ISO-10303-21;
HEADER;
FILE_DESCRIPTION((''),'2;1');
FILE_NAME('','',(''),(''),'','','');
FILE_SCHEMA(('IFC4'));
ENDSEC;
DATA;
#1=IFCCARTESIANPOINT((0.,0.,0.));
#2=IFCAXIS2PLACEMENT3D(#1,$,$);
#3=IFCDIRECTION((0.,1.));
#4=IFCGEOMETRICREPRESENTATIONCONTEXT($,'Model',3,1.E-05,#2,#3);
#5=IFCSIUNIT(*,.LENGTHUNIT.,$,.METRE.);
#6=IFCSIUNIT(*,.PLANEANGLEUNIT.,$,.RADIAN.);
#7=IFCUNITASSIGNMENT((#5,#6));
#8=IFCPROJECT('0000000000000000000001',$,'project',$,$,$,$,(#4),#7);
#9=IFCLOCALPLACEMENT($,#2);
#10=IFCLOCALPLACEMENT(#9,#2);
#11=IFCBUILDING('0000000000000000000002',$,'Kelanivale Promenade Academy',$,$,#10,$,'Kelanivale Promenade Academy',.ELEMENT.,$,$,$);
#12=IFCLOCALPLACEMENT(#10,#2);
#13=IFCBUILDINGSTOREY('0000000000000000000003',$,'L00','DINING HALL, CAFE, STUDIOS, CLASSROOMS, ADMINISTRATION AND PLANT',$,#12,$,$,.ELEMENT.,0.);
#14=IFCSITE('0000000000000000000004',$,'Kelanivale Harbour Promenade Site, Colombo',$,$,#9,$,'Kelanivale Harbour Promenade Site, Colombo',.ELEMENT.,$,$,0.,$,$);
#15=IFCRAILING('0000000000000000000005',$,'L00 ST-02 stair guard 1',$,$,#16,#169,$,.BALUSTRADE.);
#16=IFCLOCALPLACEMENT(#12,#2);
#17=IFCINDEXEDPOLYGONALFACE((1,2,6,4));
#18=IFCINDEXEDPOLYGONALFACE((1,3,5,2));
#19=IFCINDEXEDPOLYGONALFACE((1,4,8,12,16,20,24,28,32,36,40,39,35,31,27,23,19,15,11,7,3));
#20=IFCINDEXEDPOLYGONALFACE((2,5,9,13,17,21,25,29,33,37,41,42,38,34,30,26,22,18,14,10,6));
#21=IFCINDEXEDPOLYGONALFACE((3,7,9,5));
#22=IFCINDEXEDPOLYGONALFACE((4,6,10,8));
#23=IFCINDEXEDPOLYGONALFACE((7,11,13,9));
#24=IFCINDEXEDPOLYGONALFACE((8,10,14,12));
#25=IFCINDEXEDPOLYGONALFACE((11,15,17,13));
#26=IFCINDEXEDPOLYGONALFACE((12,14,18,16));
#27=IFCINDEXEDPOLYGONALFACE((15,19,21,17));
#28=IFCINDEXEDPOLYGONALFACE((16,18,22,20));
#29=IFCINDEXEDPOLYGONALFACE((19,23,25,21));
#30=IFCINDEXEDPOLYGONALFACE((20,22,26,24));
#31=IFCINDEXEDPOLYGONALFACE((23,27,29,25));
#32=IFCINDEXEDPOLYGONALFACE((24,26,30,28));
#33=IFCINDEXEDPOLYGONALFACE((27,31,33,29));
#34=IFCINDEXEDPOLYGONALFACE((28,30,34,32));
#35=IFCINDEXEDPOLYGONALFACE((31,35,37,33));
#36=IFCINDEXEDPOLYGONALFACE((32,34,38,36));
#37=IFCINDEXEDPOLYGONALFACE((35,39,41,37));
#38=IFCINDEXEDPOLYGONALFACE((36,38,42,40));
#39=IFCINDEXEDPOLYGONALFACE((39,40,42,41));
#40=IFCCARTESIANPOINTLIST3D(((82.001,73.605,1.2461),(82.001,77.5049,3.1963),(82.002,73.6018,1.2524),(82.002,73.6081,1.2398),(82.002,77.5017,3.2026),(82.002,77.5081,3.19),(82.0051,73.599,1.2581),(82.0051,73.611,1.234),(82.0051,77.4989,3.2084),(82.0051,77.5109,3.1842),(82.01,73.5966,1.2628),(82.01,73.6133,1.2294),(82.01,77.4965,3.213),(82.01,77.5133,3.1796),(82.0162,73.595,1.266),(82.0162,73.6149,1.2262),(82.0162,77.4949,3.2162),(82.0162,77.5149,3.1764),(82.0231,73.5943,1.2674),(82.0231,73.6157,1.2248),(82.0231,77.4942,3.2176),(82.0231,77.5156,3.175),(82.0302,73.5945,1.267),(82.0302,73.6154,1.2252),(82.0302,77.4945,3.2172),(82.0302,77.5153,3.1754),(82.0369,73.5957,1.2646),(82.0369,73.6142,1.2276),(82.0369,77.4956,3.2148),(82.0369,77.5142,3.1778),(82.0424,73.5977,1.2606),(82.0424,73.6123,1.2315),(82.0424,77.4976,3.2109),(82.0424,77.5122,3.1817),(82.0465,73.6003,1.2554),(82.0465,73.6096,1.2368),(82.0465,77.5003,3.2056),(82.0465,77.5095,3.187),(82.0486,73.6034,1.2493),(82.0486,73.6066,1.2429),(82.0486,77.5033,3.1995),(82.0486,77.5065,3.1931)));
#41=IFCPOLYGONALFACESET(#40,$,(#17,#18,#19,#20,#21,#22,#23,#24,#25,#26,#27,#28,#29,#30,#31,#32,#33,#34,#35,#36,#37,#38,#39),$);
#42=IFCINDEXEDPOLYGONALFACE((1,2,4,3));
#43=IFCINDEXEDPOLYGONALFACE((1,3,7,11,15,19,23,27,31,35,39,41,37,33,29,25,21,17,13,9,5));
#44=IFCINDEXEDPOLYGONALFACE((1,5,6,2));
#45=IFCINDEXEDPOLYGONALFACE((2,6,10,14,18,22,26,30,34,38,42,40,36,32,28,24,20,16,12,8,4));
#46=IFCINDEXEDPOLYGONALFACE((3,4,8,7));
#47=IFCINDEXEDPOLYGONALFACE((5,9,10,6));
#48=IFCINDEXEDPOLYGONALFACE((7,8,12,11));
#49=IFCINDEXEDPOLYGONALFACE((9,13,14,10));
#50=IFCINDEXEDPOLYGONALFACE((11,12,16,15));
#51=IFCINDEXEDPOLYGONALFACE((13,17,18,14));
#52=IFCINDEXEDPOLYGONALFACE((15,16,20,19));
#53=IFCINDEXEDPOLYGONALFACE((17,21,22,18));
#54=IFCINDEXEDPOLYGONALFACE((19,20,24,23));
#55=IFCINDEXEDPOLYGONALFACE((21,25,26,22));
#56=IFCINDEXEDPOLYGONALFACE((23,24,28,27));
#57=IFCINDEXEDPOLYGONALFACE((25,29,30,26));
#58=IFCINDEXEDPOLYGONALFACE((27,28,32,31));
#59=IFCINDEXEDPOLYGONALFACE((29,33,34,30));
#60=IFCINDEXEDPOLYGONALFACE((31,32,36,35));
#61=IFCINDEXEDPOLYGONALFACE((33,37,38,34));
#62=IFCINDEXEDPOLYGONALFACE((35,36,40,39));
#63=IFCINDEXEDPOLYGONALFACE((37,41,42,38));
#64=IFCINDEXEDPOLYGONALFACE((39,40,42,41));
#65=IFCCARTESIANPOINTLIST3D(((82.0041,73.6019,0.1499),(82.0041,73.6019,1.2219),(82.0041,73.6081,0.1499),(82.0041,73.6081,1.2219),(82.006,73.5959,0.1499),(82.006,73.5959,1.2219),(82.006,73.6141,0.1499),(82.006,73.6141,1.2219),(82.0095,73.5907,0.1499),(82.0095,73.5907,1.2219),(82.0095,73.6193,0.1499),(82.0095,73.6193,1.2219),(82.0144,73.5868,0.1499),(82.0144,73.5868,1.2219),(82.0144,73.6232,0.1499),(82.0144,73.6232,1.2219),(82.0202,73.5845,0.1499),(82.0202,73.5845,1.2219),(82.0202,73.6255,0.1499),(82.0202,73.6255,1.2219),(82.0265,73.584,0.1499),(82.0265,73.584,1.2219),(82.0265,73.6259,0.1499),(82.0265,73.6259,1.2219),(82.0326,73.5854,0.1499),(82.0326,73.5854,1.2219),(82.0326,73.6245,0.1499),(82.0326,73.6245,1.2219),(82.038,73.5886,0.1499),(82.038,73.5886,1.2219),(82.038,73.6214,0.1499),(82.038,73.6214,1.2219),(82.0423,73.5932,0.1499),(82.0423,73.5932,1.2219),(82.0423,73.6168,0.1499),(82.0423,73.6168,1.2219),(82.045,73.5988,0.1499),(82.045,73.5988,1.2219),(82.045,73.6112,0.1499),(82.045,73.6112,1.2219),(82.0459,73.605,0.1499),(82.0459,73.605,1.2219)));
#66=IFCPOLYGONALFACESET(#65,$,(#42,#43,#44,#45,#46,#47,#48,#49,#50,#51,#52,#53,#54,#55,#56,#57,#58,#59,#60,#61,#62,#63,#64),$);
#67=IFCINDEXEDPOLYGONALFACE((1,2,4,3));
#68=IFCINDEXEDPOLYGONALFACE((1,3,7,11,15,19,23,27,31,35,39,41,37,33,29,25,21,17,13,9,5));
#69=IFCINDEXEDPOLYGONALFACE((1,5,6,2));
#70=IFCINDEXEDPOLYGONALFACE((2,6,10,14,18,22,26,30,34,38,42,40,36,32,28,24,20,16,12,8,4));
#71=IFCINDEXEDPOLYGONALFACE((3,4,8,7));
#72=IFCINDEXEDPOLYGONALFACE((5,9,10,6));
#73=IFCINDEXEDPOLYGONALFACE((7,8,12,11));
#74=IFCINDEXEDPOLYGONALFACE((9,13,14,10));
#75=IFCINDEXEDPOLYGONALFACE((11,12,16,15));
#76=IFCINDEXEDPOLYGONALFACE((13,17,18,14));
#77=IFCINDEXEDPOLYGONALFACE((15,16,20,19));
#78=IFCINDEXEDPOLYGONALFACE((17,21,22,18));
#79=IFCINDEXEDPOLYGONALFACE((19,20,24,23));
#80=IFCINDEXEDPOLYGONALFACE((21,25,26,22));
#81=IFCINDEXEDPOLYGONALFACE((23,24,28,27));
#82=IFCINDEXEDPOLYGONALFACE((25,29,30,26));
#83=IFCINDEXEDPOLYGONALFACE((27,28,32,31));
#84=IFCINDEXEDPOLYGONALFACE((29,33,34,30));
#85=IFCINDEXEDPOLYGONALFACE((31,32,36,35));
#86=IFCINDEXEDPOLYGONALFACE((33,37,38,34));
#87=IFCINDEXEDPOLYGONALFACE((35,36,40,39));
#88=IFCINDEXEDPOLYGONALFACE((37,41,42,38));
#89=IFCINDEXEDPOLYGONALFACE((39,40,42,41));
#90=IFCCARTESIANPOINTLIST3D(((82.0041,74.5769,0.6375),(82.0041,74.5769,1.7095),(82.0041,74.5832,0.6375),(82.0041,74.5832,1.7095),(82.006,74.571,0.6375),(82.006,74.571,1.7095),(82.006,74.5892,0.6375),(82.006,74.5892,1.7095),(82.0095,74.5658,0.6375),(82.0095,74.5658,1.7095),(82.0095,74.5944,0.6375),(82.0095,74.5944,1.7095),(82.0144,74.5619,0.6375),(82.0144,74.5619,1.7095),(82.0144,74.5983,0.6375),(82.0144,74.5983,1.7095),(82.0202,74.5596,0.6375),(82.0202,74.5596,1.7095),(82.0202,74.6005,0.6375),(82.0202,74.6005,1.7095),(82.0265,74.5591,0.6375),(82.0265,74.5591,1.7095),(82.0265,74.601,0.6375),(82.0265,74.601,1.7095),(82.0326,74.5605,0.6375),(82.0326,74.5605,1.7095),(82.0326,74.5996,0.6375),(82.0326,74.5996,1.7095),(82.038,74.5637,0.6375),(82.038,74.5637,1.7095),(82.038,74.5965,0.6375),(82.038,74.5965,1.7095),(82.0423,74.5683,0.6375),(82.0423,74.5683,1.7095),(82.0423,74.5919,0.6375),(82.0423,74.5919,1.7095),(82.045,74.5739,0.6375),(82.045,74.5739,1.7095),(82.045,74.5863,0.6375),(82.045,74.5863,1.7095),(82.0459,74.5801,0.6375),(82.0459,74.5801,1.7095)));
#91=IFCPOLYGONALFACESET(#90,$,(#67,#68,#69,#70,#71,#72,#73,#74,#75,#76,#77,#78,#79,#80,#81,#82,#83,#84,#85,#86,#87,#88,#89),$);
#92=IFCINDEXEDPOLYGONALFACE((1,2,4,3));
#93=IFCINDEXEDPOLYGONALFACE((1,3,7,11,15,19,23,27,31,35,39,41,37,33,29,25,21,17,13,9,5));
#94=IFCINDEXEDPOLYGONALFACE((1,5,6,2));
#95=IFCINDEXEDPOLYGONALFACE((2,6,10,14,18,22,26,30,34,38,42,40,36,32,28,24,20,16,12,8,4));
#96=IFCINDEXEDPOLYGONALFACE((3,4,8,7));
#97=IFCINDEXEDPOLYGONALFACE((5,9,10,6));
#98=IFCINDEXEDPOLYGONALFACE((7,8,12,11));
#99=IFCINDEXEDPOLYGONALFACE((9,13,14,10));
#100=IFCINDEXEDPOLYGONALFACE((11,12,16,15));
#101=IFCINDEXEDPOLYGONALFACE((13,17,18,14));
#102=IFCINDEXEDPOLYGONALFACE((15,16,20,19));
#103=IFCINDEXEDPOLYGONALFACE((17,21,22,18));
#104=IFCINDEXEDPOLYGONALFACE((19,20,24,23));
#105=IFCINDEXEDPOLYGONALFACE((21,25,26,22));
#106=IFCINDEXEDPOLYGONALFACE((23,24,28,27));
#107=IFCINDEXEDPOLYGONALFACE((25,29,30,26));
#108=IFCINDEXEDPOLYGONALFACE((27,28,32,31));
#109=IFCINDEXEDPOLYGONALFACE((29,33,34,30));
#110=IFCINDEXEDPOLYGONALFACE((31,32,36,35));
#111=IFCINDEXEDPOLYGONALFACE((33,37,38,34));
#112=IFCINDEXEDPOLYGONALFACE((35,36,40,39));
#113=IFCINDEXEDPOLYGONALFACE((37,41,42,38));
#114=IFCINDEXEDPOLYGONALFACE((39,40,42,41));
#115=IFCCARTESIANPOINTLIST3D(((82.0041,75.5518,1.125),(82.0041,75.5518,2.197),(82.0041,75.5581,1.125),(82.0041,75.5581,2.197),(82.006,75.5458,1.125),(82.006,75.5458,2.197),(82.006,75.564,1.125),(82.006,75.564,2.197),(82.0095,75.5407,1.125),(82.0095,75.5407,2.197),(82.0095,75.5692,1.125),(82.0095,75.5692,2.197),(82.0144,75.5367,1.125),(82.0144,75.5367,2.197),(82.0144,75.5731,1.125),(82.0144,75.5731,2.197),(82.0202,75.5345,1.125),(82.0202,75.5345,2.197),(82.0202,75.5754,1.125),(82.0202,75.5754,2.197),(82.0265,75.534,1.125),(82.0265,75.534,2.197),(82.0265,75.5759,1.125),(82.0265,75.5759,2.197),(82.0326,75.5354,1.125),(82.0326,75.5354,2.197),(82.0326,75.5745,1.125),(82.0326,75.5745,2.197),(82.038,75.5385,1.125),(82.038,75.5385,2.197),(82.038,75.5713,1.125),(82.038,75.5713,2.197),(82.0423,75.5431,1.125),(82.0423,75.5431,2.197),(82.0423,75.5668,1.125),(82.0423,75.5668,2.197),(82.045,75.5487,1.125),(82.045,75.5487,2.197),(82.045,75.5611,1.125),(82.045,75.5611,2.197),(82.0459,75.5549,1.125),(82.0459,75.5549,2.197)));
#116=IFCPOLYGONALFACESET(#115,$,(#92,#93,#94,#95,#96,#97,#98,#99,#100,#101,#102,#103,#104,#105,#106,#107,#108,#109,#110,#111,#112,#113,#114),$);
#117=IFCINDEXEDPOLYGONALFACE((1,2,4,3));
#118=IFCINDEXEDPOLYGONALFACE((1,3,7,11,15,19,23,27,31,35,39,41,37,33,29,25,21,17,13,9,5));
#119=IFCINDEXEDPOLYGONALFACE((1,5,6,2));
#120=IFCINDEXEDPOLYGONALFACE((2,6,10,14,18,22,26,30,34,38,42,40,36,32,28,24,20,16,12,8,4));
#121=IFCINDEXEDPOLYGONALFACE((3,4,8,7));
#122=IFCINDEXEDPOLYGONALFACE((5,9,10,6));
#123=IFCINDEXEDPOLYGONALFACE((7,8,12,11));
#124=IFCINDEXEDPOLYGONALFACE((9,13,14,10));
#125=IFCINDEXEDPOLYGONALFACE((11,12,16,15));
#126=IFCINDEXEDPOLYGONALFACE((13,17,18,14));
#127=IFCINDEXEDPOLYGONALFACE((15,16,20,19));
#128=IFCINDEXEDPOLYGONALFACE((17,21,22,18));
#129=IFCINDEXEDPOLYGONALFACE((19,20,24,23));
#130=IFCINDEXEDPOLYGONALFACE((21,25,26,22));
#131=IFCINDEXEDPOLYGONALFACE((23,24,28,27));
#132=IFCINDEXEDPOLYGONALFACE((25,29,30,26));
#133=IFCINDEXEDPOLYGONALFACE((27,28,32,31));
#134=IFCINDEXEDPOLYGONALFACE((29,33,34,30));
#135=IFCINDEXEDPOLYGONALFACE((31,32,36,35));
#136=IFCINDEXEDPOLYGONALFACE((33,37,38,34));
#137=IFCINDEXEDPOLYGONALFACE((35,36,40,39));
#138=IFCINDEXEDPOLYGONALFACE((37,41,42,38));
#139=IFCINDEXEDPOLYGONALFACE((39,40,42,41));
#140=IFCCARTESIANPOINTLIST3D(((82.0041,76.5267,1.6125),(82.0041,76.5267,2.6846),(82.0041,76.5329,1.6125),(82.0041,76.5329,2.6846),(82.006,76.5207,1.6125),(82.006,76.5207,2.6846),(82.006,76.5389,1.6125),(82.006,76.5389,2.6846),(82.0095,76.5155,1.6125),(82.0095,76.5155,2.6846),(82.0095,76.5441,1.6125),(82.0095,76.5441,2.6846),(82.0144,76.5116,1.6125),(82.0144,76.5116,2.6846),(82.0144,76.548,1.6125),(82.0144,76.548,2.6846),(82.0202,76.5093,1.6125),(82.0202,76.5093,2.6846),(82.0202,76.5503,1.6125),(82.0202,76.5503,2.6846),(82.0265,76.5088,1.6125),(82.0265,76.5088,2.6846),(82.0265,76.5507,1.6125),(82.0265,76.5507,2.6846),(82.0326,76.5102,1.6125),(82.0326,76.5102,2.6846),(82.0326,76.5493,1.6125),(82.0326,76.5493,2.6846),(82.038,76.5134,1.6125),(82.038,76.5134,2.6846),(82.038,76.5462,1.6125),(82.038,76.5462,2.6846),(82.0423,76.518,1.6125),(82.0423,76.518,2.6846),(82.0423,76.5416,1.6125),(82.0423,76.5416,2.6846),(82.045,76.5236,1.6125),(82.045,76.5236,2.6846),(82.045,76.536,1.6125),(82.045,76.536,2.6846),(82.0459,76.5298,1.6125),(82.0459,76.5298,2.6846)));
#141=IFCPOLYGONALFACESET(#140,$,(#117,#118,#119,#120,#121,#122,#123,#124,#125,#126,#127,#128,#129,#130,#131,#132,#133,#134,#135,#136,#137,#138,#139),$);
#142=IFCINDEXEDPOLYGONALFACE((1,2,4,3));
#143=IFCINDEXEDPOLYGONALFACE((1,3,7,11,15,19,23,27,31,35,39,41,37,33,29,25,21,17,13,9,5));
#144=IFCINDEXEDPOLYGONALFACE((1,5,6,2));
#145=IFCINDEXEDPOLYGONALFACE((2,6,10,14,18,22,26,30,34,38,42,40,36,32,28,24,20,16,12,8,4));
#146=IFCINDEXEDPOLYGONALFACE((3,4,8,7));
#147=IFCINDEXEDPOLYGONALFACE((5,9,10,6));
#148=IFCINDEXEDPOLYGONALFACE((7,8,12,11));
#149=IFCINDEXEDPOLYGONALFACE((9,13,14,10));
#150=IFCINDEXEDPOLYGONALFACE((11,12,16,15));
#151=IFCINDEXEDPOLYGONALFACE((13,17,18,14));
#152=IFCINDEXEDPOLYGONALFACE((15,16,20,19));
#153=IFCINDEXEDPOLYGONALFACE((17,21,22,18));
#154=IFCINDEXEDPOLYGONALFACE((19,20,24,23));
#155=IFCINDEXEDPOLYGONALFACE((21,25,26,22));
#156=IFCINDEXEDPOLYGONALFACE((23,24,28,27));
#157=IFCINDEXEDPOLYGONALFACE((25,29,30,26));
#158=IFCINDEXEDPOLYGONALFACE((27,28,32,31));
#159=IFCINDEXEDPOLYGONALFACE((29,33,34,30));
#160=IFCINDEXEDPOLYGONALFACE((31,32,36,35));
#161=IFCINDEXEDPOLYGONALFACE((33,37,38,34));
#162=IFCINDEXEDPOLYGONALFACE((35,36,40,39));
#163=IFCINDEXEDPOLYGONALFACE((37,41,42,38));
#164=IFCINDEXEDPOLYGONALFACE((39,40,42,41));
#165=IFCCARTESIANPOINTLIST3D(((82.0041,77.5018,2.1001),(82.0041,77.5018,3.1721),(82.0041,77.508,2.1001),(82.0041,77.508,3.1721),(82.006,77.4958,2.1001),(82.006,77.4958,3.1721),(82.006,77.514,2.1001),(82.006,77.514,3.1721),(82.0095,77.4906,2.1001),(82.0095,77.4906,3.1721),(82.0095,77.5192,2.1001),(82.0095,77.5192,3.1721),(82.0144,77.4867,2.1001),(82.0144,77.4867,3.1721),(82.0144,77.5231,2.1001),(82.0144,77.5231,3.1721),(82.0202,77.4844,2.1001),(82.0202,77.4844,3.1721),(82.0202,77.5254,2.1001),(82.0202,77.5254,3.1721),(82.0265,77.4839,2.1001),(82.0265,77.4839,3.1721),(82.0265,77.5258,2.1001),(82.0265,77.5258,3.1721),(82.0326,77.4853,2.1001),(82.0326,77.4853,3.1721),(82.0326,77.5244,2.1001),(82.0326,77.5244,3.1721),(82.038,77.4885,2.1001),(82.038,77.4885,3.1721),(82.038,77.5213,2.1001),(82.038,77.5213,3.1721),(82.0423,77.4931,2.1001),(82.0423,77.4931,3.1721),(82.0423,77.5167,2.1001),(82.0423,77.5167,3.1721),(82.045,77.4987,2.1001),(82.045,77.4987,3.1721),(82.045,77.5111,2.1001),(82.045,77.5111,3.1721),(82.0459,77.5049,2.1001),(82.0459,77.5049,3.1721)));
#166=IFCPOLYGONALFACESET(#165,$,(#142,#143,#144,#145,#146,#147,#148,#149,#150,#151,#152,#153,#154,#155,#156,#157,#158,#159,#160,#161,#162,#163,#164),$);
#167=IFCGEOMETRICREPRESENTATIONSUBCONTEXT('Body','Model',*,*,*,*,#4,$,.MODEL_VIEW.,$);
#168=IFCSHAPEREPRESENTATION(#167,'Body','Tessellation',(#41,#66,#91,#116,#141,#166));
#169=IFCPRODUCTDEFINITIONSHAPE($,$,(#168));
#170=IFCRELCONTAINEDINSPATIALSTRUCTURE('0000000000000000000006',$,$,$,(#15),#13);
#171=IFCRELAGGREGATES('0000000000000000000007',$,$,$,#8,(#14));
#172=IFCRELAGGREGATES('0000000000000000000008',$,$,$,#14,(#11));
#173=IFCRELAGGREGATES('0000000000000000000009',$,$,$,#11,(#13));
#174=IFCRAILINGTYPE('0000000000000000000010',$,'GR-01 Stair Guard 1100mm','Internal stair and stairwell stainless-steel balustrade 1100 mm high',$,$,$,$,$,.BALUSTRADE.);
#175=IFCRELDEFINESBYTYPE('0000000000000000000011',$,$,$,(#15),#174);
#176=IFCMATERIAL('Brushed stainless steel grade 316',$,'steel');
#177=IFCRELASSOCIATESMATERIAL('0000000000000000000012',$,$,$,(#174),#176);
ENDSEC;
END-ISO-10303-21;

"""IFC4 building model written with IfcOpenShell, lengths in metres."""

from ifc_helpers import new_model, si_unit, direction, frame, origin, origin_2d, place, context, subcontext, project, spatial, circle, extrude, material, type_object, element, save


model = new_model("IFC4")

# Units and contexts
model_context = context("Model", 3, precision=1e-05, world=origin(), true_north=direction((0.0, 1.0)))
body_context = subcontext(model_context, "Body", "Model", "MODEL_VIEW")
ifc_project = project(units=[si_unit("LENGTHUNIT", "METRE"), si_unit("PLANEANGLEUNIT", "RADIAN")], contexts=[model_context])

# Site, building, storey
site_placement = place(None, origin())
site = spatial("IfcSite", under=ifc_project, at=site_placement, Name="Kelanivale Harbour Promenade Site, Colombo", LongName="Kelanivale Harbour Promenade Site, Colombo", CompositionType="ELEMENT", RefElevation=0.0)
building_placement = place(site_placement, origin())
building = spatial("IfcBuilding", under=site, at=building_placement, Name="Kelanivale Promenade Academy", LongName="Kelanivale Promenade Academy", CompositionType="ELEMENT")
storey_placement = place(building_placement, origin())
storey = spatial("IfcBuildingStorey", under=building, at=storey_placement, Name="L00", Description="DINING HALL, CAFE, STUDIOS, CLASSROOMS, ADMINISTRATION AND PLANT", CompositionType="ELEMENT", Elevation=0.0)

# Railing
ifc_material_1 = material(Name="Brushed stainless steel grade 316", Category="steel")
railing_type_1 = type_object("IfcRailingType", Name="GR-01 Stair Guard 1100mm", Description="Internal stair and stairwell stainless-steel balustrade 1100 mm high", PredefinedType="BALUSTRADE", material=ifc_material_1)
railing_1_placement = place(storey_placement, frame((82.0249, 73.605, 0.1499)))
element("IfcRailing", 1, at=railing_1_placement, inside=storey, type_object=railing_type_1, Name="L00 ST-02 stair guard 1", PredefinedType="BALUSTRADE", context=body_context, shape_type="SweptSolid", body=[
    extrude(circle(Radius=0.0239, at=origin_2d()), frame((0.0, 0.0, 1.0962), z_axis=(0.0, 0.894405, 0.447258), x_axis=(-1.0, 0.0, 0.0)), (0.0, 0.0, 1.0), 4.3604),
    extrude(circle(Radius=0.021, at=origin_2d()), origin(), (0.0, 0.0, 1.0), 1.072),
    extrude(circle(Radius=0.021, at=origin_2d()), frame((0.0, 0.9751, 0.4875)), (0.0, 0.0, 1.0), 1.072),
    extrude(circle(Radius=0.021, at=origin_2d()), frame((0.0, 1.95, 0.9751)), (0.0, 0.0, 1.0), 1.072),
    extrude(circle(Radius=0.021, at=origin_2d()), frame((0.0, 2.9248, 1.4626)), (0.0, 0.0, 1.0), 1.072),
    extrude(circle(Radius=0.021, at=origin_2d()), frame((0.0, 3.8999, 1.9502)), (0.0, 0.0, 1.0), 1.072),
])

save(model, "model.ifc")
